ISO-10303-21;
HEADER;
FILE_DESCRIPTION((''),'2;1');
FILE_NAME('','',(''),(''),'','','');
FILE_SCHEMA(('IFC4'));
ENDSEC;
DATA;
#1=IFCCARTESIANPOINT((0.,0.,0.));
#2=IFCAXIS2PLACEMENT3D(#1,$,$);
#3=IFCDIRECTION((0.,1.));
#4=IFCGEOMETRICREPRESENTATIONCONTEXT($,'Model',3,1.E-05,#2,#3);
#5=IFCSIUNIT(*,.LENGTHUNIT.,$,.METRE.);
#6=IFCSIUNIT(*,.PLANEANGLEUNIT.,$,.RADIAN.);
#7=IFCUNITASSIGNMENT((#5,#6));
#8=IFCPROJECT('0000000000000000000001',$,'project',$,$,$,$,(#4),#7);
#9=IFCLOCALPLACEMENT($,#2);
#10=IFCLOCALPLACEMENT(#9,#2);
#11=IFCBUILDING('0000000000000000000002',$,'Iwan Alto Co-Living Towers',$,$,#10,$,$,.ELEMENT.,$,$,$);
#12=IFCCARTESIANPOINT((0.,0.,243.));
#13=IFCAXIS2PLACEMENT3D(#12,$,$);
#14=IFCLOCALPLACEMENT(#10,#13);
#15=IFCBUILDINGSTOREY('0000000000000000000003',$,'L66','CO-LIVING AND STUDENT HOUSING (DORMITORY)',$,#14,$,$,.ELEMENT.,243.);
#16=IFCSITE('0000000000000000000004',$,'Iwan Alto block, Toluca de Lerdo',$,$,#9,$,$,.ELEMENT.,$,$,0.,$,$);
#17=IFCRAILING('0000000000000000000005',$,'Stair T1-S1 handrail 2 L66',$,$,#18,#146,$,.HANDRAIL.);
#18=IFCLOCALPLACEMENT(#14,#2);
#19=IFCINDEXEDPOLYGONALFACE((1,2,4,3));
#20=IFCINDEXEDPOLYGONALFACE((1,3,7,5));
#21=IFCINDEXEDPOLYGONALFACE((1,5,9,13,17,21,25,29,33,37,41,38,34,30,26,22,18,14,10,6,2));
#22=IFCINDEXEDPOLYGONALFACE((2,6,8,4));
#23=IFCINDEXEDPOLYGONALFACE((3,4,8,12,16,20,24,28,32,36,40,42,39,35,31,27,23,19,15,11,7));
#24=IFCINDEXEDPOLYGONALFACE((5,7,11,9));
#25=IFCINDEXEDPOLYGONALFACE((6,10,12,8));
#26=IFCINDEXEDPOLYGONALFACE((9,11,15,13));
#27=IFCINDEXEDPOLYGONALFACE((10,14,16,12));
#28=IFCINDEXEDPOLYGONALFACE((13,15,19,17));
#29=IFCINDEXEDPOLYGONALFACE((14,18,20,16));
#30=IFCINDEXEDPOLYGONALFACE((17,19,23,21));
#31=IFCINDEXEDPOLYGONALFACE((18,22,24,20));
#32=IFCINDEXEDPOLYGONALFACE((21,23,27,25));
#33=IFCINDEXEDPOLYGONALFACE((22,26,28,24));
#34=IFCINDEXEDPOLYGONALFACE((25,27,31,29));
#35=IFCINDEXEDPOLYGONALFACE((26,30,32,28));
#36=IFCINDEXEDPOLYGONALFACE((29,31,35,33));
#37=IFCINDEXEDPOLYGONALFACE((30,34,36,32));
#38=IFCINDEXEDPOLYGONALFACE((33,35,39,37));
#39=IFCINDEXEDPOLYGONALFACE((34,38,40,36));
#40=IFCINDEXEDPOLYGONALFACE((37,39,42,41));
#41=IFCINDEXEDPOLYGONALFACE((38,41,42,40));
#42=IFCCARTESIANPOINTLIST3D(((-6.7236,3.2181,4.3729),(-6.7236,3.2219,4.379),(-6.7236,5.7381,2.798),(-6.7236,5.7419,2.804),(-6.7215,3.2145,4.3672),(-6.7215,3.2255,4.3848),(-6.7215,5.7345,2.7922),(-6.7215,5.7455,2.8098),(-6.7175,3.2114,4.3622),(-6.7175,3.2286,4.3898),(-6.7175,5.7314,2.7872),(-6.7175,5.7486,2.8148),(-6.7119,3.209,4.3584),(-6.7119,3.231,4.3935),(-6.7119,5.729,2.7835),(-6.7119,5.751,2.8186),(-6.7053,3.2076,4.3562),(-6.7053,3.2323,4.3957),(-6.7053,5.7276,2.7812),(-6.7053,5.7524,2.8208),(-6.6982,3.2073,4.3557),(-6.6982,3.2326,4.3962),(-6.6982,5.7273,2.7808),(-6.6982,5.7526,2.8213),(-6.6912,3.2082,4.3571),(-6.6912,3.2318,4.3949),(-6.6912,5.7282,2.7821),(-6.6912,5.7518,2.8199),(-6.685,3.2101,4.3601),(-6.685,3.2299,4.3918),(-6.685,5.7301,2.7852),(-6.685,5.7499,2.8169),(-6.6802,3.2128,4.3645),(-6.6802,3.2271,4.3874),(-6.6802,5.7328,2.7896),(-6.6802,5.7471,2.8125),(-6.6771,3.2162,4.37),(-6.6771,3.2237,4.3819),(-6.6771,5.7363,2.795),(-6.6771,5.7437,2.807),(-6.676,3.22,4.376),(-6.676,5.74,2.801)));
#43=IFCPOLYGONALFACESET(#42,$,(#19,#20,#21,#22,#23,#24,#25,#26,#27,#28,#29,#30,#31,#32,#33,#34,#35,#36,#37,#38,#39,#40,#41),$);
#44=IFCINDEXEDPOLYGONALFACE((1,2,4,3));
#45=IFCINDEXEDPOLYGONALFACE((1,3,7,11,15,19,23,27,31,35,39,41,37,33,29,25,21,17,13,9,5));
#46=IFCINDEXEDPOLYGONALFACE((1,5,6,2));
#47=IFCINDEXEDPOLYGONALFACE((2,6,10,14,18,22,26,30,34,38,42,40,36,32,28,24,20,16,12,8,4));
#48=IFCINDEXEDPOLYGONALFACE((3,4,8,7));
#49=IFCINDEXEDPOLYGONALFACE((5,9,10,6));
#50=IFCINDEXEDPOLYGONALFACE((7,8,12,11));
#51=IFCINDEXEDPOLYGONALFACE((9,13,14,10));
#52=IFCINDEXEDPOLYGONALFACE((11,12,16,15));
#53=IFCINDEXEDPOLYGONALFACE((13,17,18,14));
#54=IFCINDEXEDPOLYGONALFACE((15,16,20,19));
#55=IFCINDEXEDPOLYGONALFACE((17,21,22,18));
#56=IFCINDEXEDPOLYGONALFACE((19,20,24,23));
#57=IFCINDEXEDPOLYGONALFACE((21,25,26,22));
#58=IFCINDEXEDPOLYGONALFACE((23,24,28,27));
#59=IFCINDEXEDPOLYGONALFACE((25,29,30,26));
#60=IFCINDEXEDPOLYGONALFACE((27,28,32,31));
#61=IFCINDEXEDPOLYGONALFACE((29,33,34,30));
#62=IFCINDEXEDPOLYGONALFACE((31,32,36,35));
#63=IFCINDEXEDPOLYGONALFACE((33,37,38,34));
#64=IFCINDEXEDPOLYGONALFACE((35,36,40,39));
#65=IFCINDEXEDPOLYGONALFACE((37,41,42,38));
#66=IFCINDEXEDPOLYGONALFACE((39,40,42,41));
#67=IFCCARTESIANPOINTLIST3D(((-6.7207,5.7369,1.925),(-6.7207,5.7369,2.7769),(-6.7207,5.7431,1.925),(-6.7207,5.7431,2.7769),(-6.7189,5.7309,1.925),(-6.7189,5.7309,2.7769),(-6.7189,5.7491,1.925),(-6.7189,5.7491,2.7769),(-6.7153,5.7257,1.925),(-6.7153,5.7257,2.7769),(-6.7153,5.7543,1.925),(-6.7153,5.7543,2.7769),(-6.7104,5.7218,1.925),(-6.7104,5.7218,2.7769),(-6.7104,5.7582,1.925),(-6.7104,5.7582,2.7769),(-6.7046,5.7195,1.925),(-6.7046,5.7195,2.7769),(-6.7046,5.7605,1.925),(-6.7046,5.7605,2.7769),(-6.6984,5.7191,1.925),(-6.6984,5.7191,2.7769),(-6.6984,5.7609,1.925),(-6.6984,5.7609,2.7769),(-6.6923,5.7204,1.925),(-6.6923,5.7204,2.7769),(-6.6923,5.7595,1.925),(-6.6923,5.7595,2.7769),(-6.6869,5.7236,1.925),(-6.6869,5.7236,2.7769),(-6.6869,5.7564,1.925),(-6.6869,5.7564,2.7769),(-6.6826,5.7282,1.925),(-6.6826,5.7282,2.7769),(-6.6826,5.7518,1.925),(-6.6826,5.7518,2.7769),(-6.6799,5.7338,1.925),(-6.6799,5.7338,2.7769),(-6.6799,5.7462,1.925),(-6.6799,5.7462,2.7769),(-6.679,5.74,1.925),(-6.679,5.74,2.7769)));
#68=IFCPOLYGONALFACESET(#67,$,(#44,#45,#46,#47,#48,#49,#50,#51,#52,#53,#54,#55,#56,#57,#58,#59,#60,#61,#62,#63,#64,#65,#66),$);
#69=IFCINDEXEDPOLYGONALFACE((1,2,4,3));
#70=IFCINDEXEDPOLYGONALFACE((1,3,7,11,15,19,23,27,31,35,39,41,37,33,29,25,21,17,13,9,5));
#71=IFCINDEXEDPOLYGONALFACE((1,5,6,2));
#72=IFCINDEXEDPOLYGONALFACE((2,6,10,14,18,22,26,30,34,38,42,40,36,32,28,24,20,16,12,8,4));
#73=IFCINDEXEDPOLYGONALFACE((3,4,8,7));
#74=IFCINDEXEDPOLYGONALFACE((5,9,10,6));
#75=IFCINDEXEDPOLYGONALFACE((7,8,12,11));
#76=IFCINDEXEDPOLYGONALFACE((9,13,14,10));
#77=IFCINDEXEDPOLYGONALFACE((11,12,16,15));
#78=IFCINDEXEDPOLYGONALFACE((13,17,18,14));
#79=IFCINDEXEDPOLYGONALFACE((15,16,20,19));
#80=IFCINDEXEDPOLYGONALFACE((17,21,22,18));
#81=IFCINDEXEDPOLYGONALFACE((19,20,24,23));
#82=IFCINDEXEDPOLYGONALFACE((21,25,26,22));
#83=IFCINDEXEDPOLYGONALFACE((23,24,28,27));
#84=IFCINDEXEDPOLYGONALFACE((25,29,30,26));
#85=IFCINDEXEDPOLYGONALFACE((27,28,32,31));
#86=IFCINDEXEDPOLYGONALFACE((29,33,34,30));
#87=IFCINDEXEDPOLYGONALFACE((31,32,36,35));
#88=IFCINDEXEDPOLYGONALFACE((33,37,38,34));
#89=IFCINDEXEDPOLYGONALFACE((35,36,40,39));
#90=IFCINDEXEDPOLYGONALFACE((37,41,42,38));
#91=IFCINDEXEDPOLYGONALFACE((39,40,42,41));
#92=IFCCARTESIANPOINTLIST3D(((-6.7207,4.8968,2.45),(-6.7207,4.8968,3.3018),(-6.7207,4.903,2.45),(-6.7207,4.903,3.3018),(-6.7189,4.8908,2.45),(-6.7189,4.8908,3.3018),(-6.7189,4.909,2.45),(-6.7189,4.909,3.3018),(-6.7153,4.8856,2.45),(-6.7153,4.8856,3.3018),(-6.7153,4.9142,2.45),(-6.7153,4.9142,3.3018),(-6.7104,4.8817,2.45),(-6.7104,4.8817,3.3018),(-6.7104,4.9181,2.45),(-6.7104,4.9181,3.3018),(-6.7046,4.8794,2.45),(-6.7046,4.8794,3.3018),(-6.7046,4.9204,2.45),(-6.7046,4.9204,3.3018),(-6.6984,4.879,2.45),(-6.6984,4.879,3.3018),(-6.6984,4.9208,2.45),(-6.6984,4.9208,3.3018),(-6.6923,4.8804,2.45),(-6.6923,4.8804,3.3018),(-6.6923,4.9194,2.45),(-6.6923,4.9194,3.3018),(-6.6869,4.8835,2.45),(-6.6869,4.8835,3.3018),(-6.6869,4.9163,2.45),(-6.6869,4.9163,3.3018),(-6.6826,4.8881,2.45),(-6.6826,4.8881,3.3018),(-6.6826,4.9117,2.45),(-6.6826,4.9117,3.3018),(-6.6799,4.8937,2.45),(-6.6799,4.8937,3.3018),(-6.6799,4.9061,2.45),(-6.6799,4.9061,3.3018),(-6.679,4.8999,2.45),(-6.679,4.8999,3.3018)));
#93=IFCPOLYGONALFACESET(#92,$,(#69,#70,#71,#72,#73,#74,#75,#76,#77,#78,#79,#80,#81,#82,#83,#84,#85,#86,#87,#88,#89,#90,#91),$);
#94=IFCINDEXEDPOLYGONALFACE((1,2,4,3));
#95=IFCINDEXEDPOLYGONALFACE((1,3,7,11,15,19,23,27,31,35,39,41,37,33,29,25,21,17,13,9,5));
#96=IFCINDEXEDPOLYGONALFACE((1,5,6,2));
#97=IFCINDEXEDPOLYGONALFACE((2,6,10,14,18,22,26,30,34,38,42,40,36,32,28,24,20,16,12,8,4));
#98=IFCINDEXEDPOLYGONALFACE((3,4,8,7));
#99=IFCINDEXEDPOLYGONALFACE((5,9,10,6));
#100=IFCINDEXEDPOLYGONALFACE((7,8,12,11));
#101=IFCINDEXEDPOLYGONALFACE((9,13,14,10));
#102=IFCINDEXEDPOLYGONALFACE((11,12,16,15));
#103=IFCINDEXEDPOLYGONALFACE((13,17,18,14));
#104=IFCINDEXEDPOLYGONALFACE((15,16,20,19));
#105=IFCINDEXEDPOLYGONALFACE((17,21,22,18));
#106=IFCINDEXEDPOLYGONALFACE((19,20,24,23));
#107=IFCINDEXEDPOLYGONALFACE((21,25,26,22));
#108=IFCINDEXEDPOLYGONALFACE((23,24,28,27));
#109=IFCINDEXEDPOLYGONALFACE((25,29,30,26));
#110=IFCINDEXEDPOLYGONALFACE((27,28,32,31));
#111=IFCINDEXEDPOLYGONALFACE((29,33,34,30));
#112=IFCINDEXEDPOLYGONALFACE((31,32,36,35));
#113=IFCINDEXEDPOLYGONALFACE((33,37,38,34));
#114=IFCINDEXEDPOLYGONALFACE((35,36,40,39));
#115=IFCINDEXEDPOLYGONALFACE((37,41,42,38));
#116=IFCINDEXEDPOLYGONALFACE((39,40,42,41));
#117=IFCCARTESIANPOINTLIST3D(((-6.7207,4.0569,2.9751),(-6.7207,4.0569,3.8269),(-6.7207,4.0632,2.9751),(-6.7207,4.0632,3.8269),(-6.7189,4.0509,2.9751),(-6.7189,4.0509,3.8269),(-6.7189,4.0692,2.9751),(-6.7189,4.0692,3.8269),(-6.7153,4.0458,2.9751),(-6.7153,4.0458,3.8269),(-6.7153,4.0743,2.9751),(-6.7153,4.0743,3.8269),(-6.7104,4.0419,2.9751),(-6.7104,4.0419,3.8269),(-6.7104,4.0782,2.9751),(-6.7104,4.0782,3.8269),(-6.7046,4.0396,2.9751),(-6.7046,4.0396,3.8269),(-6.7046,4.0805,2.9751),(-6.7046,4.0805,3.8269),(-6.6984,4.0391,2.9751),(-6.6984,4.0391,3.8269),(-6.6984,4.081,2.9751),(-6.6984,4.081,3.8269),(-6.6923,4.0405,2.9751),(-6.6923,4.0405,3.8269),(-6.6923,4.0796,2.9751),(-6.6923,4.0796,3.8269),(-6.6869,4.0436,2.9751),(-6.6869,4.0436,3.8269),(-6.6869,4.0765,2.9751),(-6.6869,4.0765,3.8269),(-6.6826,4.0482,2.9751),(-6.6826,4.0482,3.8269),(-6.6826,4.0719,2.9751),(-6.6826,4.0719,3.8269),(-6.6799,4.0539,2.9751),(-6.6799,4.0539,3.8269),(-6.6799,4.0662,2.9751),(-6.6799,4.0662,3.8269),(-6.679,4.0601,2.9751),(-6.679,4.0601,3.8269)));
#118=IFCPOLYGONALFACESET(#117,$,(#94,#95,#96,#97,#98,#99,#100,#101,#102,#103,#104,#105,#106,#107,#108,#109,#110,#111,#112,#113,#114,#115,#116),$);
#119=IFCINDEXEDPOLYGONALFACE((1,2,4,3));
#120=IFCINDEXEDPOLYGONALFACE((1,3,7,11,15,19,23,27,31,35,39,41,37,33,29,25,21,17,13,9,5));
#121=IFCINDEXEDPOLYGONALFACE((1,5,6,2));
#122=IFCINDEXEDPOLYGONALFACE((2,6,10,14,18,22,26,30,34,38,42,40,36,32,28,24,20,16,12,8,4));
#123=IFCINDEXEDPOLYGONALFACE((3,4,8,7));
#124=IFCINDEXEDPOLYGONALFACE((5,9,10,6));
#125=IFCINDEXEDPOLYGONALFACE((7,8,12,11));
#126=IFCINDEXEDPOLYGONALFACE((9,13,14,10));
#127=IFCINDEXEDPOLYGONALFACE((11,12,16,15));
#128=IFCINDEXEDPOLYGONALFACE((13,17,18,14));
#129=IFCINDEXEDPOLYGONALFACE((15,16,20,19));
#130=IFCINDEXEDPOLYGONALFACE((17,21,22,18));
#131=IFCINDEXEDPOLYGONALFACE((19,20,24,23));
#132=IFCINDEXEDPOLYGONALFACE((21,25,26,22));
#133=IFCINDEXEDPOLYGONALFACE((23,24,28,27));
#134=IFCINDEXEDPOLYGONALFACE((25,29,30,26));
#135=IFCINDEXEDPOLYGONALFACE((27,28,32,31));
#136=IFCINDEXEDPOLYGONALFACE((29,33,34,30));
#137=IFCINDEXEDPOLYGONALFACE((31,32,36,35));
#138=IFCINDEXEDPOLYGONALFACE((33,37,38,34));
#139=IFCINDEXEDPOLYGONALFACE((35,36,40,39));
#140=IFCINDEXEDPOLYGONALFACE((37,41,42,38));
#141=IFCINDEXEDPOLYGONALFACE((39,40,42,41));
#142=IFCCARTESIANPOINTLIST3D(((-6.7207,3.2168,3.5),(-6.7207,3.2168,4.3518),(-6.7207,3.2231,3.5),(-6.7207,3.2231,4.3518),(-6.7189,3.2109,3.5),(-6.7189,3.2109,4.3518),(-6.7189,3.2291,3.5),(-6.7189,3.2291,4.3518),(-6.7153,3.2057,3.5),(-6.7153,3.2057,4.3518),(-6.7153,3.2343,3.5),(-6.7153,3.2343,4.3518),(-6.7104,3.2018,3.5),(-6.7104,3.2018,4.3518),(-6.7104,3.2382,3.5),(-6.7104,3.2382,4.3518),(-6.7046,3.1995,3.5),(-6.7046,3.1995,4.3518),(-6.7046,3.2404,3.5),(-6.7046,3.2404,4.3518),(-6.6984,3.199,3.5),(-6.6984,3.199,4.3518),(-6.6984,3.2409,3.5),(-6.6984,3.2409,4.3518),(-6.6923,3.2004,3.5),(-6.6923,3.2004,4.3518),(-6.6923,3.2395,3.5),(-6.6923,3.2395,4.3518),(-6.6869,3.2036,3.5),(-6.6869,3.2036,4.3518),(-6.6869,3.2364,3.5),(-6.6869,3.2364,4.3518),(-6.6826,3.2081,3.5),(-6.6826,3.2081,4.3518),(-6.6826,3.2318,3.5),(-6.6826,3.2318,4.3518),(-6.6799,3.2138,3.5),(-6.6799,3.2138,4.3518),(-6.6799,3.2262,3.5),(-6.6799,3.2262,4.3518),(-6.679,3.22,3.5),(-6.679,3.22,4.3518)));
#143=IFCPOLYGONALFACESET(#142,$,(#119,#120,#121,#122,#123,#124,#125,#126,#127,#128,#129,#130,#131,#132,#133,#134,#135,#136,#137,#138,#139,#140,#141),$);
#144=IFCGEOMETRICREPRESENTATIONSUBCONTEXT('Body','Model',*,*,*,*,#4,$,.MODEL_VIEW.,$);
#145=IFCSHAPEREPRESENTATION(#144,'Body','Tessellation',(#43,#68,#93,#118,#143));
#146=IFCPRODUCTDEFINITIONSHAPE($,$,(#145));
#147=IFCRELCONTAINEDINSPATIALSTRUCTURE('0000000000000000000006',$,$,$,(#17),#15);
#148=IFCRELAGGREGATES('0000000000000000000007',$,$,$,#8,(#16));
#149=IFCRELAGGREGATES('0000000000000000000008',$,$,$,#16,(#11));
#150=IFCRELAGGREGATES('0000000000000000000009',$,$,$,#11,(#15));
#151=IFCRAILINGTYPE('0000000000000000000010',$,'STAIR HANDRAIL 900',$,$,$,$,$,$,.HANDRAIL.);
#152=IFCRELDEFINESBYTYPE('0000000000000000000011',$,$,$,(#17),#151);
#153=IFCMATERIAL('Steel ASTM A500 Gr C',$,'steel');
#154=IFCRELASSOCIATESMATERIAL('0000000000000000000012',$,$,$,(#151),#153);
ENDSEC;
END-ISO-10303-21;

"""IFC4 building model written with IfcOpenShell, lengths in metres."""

from ifc_helpers import new_model, si_unit, direction, frame, origin, origin_2d, place, context, subcontext, project, spatial, circle, extrude, material, type_object, element, save


model = new_model("IFC4")

# Units and contexts
model_context = context("Model", 3, precision=1e-05, world=origin(), true_north=direction((0.0, 1.0)))
body_context = subcontext(model_context, "Body", "Model", "MODEL_VIEW")
ifc_project = project(units=[si_unit("LENGTHUNIT", "METRE"), si_unit("PLANEANGLEUNIT", "RADIAN")], contexts=[model_context])

# Site, building, storey
site_placement = place(None, origin())
site = spatial("IfcSite", under=ifc_project, at=site_placement, Name="Iwan Alto block, Toluca de Lerdo", CompositionType="ELEMENT", RefElevation=0.0)
building_placement = place(site_placement, origin())
building = spatial("IfcBuilding", under=site, at=building_placement, Name="Iwan Alto Co-Living Towers", CompositionType="ELEMENT")
storey_placement = place(building_placement, frame((0.0, 0.0, 243.0)))
storey = spatial("IfcBuildingStorey", under=building, at=storey_placement, Name="L66", Description="CO-LIVING AND STUDENT HOUSING (DORMITORY)", CompositionType="ELEMENT", Elevation=243.0)

# Railing
ifc_material_1 = material(Name="Steel ASTM A500 Gr C", Category="steel")
railing_type_1 = type_object("IfcRailingType", Name="STAIR HANDRAIL 900", PredefinedType="HANDRAIL", material=ifc_material_1)
railing_1_placement = place(storey_placement, frame((-6.7, 5.74, 1.925)))
element("IfcRailing", 1, at=railing_1_placement, inside=storey, type_object=railing_type_1, Name="Stair T1-S1 handrail 2 L66", PredefinedType="HANDRAIL", context=body_context, shape_type="SweptSolid", body=[
    extrude(circle(Radius=0.0239, at=origin_2d()), frame((0.0, 0.0, 0.876), z_axis=(0.0, -0.848008, 0.529984), x_axis=(1.0, 0.0, 0.0)), (0.0, 0.0, 1.0), 2.9717),
    extrude(circle(Radius=0.021, at=origin_2d()), origin(), (0.0, 0.0, 1.0), 0.8518),
    extrude(circle(Radius=0.021, at=origin_2d()), frame((0.0, -0.8401, 0.5249)), (0.0, 0.0, 1.0), 0.8518),
    extrude(circle(Radius=0.021, at=origin_2d()), frame((0.0, -1.6799, 1.05)), (0.0, 0.0, 1.0), 0.8518),
    extrude(circle(Radius=0.021, at=origin_2d()), frame((0.0, -2.52, 1.575)), (0.0, 0.0, 1.0), 0.8518),
])

save(model, "model.ifc")
